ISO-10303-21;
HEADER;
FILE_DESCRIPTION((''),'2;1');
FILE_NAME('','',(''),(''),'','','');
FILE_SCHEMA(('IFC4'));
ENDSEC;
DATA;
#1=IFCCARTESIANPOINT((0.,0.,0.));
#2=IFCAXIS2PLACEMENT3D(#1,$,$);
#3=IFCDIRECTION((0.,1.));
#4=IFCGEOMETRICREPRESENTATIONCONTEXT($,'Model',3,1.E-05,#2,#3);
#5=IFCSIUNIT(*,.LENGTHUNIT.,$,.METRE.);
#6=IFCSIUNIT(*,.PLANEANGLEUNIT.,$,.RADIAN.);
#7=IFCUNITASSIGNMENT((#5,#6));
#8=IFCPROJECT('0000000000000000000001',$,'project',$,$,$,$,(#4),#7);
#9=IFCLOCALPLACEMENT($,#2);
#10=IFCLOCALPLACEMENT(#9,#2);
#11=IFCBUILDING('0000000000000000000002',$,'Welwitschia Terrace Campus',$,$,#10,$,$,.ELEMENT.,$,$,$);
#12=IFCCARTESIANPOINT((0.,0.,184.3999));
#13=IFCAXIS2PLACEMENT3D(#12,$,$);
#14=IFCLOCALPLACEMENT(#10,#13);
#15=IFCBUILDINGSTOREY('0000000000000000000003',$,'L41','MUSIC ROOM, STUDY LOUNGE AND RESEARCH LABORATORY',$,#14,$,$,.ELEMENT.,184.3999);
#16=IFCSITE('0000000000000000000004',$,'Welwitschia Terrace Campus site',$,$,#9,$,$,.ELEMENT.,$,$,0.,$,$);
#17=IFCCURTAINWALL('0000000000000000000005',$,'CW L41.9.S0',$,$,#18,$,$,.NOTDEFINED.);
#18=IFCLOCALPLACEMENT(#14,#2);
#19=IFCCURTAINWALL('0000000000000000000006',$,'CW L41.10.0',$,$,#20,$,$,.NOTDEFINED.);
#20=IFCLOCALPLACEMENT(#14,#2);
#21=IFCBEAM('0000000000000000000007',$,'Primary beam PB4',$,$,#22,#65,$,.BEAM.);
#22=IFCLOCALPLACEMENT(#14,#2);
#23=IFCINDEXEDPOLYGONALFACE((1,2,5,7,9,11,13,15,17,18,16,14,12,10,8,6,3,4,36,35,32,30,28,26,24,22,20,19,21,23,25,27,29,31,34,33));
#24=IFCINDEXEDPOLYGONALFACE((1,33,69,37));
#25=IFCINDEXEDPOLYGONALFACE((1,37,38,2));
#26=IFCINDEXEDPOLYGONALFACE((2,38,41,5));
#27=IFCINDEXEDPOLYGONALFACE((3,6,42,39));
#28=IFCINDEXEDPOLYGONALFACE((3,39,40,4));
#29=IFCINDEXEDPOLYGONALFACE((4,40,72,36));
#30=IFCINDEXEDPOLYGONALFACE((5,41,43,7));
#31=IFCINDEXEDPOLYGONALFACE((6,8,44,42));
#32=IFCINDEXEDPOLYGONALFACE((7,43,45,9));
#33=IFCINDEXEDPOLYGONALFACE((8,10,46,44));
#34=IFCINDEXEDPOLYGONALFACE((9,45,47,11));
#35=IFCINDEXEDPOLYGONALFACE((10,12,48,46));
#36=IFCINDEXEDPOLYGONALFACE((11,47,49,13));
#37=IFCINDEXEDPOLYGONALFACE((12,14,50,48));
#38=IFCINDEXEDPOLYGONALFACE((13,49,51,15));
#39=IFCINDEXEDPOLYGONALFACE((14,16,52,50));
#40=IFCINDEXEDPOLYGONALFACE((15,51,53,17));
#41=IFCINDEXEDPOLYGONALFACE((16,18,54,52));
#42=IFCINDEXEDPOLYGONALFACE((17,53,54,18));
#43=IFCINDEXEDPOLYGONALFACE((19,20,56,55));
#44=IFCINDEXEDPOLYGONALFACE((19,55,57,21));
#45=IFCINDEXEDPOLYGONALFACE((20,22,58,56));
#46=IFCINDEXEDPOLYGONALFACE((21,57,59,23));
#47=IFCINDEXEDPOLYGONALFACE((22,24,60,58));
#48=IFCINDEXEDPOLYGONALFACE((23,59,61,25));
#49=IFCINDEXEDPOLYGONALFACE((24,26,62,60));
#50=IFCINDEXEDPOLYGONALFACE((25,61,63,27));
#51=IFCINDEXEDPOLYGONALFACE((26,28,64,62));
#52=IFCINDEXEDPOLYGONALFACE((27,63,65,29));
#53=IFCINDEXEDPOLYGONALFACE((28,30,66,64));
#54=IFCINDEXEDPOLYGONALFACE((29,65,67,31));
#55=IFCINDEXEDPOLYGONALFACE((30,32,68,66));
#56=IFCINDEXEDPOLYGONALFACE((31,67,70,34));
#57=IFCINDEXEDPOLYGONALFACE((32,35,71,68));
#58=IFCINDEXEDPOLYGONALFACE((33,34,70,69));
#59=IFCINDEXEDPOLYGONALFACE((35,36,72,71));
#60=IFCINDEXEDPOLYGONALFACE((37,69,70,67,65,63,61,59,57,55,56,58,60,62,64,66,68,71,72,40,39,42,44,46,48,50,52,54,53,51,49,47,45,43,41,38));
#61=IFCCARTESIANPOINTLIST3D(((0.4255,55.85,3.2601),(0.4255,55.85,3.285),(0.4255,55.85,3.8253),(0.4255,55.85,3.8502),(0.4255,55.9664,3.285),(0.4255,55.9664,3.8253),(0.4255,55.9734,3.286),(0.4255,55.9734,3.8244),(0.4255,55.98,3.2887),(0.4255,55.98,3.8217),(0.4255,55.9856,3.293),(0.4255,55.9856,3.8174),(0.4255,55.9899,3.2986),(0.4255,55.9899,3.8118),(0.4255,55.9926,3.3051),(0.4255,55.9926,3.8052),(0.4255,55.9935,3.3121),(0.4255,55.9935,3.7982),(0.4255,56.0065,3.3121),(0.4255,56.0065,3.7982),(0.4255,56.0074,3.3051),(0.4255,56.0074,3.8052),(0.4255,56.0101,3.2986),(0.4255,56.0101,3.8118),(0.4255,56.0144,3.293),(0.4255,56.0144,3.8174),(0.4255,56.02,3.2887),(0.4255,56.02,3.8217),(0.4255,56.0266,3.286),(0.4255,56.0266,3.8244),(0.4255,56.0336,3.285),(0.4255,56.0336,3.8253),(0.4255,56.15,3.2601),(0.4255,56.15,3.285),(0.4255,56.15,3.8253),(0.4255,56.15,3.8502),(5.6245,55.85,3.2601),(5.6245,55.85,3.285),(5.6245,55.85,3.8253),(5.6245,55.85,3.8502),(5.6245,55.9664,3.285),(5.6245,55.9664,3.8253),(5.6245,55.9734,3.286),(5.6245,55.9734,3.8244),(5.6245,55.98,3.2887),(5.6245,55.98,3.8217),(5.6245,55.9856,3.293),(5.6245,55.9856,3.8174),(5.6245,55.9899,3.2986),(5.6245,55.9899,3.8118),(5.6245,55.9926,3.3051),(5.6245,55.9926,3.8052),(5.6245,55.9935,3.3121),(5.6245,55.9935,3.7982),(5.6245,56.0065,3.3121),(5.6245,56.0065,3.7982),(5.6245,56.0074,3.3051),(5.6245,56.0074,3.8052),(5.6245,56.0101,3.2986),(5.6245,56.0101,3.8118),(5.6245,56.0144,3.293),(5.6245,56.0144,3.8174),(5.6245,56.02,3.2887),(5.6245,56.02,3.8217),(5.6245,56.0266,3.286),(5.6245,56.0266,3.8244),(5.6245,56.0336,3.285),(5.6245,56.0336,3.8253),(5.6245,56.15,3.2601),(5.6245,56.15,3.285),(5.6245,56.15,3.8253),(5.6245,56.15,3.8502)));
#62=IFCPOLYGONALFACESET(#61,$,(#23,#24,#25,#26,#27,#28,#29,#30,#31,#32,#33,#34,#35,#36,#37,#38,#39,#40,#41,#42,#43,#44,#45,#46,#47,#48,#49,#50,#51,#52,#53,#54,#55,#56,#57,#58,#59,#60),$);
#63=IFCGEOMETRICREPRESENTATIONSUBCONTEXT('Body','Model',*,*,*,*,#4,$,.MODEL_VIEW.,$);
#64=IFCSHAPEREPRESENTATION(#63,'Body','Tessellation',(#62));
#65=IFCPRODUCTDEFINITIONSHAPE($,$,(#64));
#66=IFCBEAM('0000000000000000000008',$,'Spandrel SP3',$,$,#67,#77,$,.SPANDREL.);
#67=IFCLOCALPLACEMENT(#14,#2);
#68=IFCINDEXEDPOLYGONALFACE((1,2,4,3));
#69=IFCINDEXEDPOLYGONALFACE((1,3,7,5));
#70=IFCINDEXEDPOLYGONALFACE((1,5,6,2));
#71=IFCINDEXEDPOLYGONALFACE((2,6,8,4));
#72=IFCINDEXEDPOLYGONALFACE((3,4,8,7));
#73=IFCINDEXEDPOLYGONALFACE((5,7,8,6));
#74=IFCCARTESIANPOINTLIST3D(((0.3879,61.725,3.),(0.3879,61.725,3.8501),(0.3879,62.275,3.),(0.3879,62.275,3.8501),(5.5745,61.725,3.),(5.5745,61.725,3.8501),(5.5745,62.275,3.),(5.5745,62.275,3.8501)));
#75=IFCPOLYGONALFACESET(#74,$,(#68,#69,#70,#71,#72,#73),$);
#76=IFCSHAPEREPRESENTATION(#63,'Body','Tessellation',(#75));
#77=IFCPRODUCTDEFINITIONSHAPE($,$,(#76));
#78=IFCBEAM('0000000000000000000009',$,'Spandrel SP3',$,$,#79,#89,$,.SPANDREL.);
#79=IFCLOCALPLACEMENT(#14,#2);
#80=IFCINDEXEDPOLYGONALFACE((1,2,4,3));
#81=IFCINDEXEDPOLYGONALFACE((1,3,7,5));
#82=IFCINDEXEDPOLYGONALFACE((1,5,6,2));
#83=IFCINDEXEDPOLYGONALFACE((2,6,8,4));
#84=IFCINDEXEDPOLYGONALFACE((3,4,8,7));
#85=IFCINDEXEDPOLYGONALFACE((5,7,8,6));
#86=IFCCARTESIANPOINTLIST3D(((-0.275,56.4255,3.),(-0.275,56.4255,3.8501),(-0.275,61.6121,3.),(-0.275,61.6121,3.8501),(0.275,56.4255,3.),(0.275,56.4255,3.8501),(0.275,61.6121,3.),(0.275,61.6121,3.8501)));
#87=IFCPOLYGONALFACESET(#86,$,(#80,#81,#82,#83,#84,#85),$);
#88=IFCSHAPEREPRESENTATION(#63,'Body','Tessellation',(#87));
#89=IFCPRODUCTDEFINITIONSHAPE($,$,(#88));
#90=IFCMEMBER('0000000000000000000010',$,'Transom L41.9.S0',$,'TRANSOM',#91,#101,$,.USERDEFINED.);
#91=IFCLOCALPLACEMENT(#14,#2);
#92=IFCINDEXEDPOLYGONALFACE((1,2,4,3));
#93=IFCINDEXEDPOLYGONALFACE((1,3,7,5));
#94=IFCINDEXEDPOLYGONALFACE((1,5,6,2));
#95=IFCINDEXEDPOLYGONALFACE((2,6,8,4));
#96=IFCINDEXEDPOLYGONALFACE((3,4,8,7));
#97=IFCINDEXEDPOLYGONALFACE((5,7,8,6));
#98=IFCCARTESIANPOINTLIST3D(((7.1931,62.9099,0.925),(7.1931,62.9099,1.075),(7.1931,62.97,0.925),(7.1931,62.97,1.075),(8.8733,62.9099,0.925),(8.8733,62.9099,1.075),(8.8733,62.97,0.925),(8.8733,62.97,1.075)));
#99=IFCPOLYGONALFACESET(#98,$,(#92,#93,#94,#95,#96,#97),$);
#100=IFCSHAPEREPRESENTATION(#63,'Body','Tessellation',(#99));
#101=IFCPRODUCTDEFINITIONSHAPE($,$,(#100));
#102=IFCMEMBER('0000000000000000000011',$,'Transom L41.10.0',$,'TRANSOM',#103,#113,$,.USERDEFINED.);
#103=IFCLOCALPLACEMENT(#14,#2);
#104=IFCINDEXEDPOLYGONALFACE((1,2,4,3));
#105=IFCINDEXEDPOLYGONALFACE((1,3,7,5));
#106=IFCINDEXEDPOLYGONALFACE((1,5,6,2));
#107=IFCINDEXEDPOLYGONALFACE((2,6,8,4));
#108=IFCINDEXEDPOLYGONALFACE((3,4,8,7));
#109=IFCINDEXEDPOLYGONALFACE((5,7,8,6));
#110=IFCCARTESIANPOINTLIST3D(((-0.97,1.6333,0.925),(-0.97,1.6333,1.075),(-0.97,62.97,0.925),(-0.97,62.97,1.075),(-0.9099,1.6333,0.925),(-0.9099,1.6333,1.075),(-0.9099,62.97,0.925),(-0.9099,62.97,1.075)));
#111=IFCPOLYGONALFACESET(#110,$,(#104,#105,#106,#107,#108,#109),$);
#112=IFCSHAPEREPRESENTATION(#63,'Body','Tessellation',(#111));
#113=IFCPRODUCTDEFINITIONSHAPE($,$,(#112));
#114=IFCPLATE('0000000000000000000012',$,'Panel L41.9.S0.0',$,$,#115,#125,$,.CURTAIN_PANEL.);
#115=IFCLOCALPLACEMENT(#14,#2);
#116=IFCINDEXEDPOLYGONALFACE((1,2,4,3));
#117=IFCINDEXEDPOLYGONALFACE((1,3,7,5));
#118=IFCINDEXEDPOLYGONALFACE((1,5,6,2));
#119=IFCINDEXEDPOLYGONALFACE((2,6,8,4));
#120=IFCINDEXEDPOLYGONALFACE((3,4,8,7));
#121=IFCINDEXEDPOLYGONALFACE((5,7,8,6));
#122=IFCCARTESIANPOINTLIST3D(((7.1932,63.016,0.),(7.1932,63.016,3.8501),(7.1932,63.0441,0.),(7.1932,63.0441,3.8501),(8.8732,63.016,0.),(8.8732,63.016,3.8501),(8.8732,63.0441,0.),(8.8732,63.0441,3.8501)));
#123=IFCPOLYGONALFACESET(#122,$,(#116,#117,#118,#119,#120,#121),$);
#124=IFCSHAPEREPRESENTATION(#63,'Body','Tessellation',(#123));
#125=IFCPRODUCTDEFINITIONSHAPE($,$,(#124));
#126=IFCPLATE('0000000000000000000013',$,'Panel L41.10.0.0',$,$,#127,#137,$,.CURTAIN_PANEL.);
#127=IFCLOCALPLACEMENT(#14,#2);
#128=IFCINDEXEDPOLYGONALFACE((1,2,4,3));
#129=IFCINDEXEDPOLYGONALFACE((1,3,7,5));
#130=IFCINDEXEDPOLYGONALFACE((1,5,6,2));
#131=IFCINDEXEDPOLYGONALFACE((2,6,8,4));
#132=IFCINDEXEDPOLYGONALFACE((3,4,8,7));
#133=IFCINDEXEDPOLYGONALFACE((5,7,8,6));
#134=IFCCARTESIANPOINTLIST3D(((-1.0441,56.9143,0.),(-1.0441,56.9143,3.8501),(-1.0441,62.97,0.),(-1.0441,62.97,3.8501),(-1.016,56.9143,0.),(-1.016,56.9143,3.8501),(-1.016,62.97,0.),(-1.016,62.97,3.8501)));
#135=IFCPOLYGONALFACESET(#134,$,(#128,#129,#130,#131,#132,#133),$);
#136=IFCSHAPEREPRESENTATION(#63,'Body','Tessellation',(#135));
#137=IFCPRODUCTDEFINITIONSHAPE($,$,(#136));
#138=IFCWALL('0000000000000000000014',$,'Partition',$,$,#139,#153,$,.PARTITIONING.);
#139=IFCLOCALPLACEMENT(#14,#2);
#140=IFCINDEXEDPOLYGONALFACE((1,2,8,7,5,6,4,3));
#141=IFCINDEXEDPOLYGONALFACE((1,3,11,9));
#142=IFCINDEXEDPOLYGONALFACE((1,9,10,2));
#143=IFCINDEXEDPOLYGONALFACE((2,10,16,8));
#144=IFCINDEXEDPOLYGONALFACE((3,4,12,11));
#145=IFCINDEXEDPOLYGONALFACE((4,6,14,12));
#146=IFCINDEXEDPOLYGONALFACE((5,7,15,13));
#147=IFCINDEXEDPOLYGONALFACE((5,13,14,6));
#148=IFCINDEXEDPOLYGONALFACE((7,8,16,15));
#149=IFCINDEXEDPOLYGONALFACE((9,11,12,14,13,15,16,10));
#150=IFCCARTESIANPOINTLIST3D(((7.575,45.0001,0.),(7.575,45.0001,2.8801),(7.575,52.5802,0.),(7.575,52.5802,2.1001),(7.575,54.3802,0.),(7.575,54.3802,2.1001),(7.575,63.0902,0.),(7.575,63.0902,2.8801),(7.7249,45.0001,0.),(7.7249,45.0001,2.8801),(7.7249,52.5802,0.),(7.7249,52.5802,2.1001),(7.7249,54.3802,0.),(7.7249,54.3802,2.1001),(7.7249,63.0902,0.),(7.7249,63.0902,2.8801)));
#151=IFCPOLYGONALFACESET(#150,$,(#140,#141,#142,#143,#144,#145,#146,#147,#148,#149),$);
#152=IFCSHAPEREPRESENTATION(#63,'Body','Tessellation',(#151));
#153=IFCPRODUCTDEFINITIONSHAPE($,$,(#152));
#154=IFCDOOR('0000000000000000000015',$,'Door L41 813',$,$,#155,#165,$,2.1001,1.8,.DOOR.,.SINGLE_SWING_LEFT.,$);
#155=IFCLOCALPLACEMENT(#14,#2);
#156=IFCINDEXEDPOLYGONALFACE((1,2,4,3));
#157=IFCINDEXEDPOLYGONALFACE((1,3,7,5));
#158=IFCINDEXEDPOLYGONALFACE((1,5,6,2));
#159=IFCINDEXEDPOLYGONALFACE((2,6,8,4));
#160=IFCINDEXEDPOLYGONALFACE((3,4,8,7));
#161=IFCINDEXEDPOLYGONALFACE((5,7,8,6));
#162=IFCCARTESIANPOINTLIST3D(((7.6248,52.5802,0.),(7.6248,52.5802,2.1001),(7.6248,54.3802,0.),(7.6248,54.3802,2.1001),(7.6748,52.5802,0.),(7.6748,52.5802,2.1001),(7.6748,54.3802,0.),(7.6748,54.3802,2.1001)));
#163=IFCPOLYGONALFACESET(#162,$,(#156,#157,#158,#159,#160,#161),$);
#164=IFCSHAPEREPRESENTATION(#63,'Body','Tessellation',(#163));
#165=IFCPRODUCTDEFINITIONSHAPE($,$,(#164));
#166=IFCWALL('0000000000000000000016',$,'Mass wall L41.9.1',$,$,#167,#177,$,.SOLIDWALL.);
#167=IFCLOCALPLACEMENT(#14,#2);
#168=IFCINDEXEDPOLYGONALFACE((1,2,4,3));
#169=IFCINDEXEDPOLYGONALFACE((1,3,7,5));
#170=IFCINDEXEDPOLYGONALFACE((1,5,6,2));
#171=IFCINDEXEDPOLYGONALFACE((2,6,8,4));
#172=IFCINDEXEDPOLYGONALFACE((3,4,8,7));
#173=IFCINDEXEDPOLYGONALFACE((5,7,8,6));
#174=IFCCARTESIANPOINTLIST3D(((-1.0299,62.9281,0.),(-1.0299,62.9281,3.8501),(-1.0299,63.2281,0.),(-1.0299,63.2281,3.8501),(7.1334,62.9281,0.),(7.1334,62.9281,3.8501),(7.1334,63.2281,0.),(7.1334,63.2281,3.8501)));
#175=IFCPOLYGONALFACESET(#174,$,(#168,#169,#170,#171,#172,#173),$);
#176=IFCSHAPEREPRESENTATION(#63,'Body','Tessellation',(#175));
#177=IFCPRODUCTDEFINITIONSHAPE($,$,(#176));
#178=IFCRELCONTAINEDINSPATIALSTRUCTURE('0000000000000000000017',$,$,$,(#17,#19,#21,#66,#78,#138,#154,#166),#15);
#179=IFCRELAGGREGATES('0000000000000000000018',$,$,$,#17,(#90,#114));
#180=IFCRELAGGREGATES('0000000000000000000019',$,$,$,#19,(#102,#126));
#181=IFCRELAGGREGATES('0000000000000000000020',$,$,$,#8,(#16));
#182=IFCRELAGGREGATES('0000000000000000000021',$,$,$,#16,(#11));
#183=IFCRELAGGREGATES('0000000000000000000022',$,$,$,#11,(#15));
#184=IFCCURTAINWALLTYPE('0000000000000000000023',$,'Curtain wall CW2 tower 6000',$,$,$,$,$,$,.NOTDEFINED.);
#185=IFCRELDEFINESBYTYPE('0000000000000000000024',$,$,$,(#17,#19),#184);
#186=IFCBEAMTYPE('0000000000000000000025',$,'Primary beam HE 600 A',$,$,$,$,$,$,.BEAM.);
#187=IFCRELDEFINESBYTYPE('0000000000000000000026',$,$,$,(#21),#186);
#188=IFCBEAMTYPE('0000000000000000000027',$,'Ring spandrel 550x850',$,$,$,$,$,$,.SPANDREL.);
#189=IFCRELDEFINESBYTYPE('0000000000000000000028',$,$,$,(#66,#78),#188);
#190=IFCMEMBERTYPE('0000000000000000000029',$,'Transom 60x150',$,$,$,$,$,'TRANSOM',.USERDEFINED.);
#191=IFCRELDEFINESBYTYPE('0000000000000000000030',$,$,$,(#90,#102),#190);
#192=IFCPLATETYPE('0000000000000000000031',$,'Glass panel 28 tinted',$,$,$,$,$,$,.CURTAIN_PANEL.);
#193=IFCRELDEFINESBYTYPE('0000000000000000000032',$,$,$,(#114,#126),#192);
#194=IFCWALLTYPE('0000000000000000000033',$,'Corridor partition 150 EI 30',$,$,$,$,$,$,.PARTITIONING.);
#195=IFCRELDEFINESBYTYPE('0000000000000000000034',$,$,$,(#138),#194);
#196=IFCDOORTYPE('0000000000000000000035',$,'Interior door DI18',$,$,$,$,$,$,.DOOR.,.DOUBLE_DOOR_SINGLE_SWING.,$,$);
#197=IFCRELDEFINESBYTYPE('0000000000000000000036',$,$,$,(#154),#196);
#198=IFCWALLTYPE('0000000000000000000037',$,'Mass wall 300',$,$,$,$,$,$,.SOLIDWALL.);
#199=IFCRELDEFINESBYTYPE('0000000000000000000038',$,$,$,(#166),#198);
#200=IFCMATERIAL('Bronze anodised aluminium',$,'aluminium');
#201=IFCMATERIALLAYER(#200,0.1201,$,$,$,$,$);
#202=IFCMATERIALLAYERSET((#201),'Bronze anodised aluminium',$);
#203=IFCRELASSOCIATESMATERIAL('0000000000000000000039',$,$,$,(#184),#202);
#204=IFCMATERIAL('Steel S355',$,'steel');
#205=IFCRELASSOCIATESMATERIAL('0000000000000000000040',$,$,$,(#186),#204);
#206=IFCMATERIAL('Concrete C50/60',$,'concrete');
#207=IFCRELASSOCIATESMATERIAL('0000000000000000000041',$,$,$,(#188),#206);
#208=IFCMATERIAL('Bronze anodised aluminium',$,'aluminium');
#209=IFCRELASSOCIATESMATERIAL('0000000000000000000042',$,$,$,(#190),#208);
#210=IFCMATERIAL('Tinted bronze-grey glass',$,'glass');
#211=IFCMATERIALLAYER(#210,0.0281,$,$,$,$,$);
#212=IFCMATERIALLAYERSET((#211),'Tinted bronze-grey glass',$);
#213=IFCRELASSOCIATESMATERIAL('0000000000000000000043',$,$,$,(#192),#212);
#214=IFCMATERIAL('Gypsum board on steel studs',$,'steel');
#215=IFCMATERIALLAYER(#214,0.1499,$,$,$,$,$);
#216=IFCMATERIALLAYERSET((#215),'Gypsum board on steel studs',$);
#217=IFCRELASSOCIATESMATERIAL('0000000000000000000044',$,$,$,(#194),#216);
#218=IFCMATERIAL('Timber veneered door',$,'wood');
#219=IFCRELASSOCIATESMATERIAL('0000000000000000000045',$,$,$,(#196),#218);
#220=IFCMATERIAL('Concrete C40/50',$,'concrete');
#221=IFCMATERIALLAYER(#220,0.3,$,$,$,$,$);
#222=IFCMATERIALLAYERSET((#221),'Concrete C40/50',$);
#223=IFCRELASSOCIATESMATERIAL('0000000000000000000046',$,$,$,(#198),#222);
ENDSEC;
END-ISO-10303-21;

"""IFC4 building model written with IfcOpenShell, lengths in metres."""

from ifc_helpers import new_model, si_unit, direction, frame, frame_2d, origin, origin_2d, place, context, subcontext, project, spatial, rectangle, i_section, extrude, material, layer, layer_set, material_profile, profile_set, type_object, element, fill, aggregate, save


model = new_model("IFC4")

# Units and contexts
model_context = context("Model", 3, precision=1e-05, world=origin(), true_north=direction((0.0, 1.0)))
body_context = subcontext(model_context, "Body", "Model", "MODEL_VIEW")
ifc_project = project(units=[si_unit("LENGTHUNIT", "METRE"), si_unit("PLANEANGLEUNIT", "RADIAN")], contexts=[model_context])

# Site, building, storey
site_placement = place(None, origin())
site = spatial("IfcSite", under=ifc_project, at=site_placement, Name="Welwitschia Terrace Campus site", CompositionType="ELEMENT", RefElevation=0.0)
building_placement = place(site_placement, origin())
building = spatial("IfcBuilding", under=site, at=building_placement, Name="Welwitschia Terrace Campus", CompositionType="ELEMENT")
storey_placement = place(building_placement, frame((0.0, 0.0, 184.3999)))
storey = spatial("IfcBuildingStorey", under=building, at=storey_placement, Name="L41", Description="MUSIC ROOM, STUDY LOUNGE AND RESEARCH LABORATORY", CompositionType="ELEMENT", Elevation=184.3999)

# Curtain walls
ifc_material_1 = material(Name="Bronze anodised aluminium", Category="aluminium")
ifc_layer_1 = layer(ifc_material_1, 0.1201)
ifc_layer_set_1 = layer_set([ifc_layer_1], Name="Bronze anodised aluminium")
curtain_wall_type = type_object("IfcCurtainWallType", Name="Curtain wall CW2 tower 6000", PredefinedType="NOTDEFINED", material=ifc_layer_set_1)
curtain_wall_1_placement = place(storey_placement, origin())
curtain_wall_1 = element("IfcCurtainWall", 1, at=curtain_wall_1_placement, inside=storey, type_object=curtain_wall_type, Name="CW L41.9.S0", PredefinedType="NOTDEFINED")
curtain_wall_2_placement = place(storey_placement, origin())
curtain_wall_2 = element("IfcCurtainWall", 2, at=curtain_wall_2_placement, inside=storey, type_object=curtain_wall_type, Name="CW L41.10.0", PredefinedType="NOTDEFINED")

# Beams
ifc_material_2 = material(Name="Steel S355", Category="steel")
ifc_material_profile_1 = material_profile(ifc_material_2, i_section(OverallWidth=0.3, OverallDepth=0.5901, WebThickness=0.0129, FlangeThickness=0.0249, FilletRadius=0.0271, at=origin_2d()))
ifc_profile_set_1 = profile_set([ifc_material_profile_1], Name="Steel S355")
beam_type_1 = type_object("IfcBeamType", Name="Primary beam HE 600 A", PredefinedType="BEAM", material=ifc_profile_set_1)
beam_1_placement = place(storey_placement, frame((0.4255, 56.0, 3.5552), z_axis=(1.0, 0.0, 0.0), x_axis=(0.0, 1.0, 0.0)))
element("IfcBeam", 3, at=beam_1_placement, inside=storey, type_object=beam_type_1, Name="Primary beam PB4", PredefinedType="BEAM", context=body_context, shape_type="SweptSolid", body=[
    extrude(i_section(OverallWidth=0.3, OverallDepth=0.5901, WebThickness=0.0129, FlangeThickness=0.0249, FilletRadius=0.0271, at=origin_2d()), origin(), (0.0, 0.0, 1.0), 5.199),
])
ifc_material_3 = material(Name="Concrete C50/60", Category="concrete")
ifc_material_profile_2 = material_profile(ifc_material_3, rectangle(XDim=0.55, YDim=0.8501, at=origin_2d()))
ifc_profile_set_2 = profile_set([ifc_material_profile_2], Name="Concrete C50/60")
beam_type_2 = type_object("IfcBeamType", Name="Ring spandrel 550x850", PredefinedType="SPANDREL", material=ifc_profile_set_2)
for number, where, z_axis, x_axis, name in (
    (4, (5.5745, 62.0, 3.425), (-1.0, 0.0, 0.0), (0.0, -1.0, 0.0), "Spandrel SP3"),
    (5, (0.0, 61.6121, 3.425), (0.0, -1.0, 0.0), (1.0, 0.0, 0.0), "Spandrel SP3"),
):
    element("IfcBeam", number, at=place(storey_placement, frame(where, z_axis=z_axis, x_axis=x_axis)), inside=storey, type_object=beam_type_2, Name=name, PredefinedType="SPANDREL", context=body_context, shape_type="SweptSolid", body=[
        extrude(rectangle(XDim=0.55, YDim=0.8501, at=origin_2d()), origin(), (0.0, 0.0, 1.0), 5.1865),
    ])

# Members
ifc_material_4 = material(Name="Bronze anodised aluminium", Category="aluminium")
ifc_material_profile_3 = material_profile(ifc_material_4, rectangle(XDim=0.0601, YDim=0.1499, at=origin_2d()))
ifc_profile_set_3 = profile_set([ifc_material_profile_3], Name="Bronze anodised aluminium")
member_type_1 = type_object("IfcMemberType", Name="Transom 60x150", ElementType="TRANSOM", PredefinedType="USERDEFINED", material=ifc_profile_set_3)
member_1_placement = place(storey_placement, frame((8.8733, 62.9399, 1.0), z_axis=(-1.0, 0.0, 0.0), x_axis=(0.0, -1.0, 0.0)))
member_1 = element("IfcMember", 6, at=member_1_placement, type_object=member_type_1, Name="Transom L41.9.S0", ObjectType="TRANSOM", PredefinedType="USERDEFINED", context=body_context, shape_type="SweptSolid", body=[
    extrude(rectangle(XDim=0.0601, YDim=0.1499, at=origin_2d()), origin(), (0.0, 0.0, 1.0), 1.6802),
])
member_2_placement = place(storey_placement, frame((-0.9399, 62.97, 1.0), z_axis=(0.0, -1.0, 0.0), x_axis=(1.0, 0.0, 0.0)))
member_2 = element("IfcMember", 7, at=member_2_placement, type_object=member_type_1, Name="Transom L41.10.0", ObjectType="TRANSOM", PredefinedType="USERDEFINED", context=body_context, shape_type="SweptSolid", body=[
    extrude(rectangle(XDim=0.0601, YDim=0.1499, at=origin_2d()), origin(), (0.0, 0.0, 1.0), 61.3367),
])

# Plates
ifc_material_5 = material(Name="Tinted bronze-grey glass", Category="glass")
ifc_layer_2 = layer(ifc_material_5, 0.0281)
ifc_layer_set_2 = layer_set([ifc_layer_2], Name="Tinted bronze-grey glass")
plate_type = type_object("IfcPlateType", Name="Glass panel 28 tinted", PredefinedType="CURTAIN_PANEL", material=ifc_layer_set_2)
plate_1_placement = place(storey_placement, frame((8.0332, 63.03, 0.0), z_axis=(0.0, 0.0, 1.0), x_axis=(-1.0, 0.0, 0.0)))
plate_1 = element("IfcPlate", 8, at=plate_1_placement, type_object=plate_type, Name="Panel L41.9.S0.0", PredefinedType="CURTAIN_PANEL", context=body_context, shape_type="SweptSolid", body=[
    extrude(rectangle(XDim=1.6799, YDim=0.0281, at=origin_2d()), origin(), (0.0, 0.0, 1.0), 3.8501),
])
aggregate(curtain_wall_1, [member_1, plate_1])
plate_2_placement = place(storey_placement, frame((-1.03, 59.9421, 0.0), z_axis=(0.0, 0.0, 1.0), x_axis=(0.0, -1.0, 0.0)))
plate_2 = element("IfcPlate", 9, at=plate_2_placement, type_object=plate_type, Name="Panel L41.10.0.0", PredefinedType="CURTAIN_PANEL", context=body_context, shape_type="SweptSolid", body=[
    extrude(rectangle(XDim=6.0557, YDim=0.0281, at=origin_2d()), origin(), (0.0, 0.0, 1.0), 3.8501),
])
aggregate(curtain_wall_2, [member_2, plate_2])

# Wall, opening, door
ifc_material_6 = material(Name="Gypsum board on steel studs", Category="steel")
ifc_layer_3 = layer(ifc_material_6, 0.1499)
ifc_layer_set_3 = layer_set([ifc_layer_3], Name="Gypsum board on steel studs")
wall_type_1 = type_object("IfcWallType", Name="Corridor partition 150 EI 30", PredefinedType="PARTITIONING", material=ifc_layer_set_3)
wall_1_placement = place(storey_placement, frame((7.6499, 63.0901, 0.0), z_axis=(0.0, 0.0, 1.0), x_axis=(0.0, -1.0, 0.0)))
wall_1 = element("IfcWall", 10, at=wall_1_placement, inside=storey, type_object=wall_type_1, Name="Partition", PredefinedType="PARTITIONING", context=body_context, shape_type="SweptSolid", body=[
    extrude(rectangle(XDim=18.0901, YDim=0.1499, at=frame_2d((9.0449, 0.0))), origin(), (0.0, 0.0, 1.0), 2.8801),
])
opening_placement = place(wall_1_placement, frame((8.71, 0.0, 0.0)))
opening = element("IfcOpeningElement", 11, at=opening_placement, cuts=wall_1, PredefinedType="OPENING", context=body_context, shape_type="SweptSolid", body=[
    extrude(rectangle(XDim=1.8, YDim=2.1001, at=frame_2d((0.8999, 1.05))), frame((0.0, 0.085, 0.0), z_axis=(0.0, -1.0, 0.0), x_axis=(1.0, 0.0, 0.0)), (0.0, 0.0, 1.0), 0.1699),
])
ifc_material_7 = material(Name="Timber veneered door", Category="wood")
door_type = type_object("IfcDoorType", Name="Interior door DI18", OperationType="DOUBLE_DOOR_SINGLE_SWING", PredefinedType="DOOR", material=ifc_material_7)
door_placement = place(opening_placement, origin())
door = element("IfcDoor", 12, at=door_placement, inside=storey, type_object=door_type, Name="Door L41 813", OperationType="SINGLE_SWING_LEFT", OverallHeight=2.1001, OverallWidth=1.8, PredefinedType="DOOR", context=body_context, shape_type="SweptSolid", body=[
    extrude(rectangle(XDim=1.8, YDim=2.1001, at=frame_2d((0.8999, 1.05))), frame((0.0, 0.0249, 0.0), z_axis=(0.0, -1.0, 0.0), x_axis=(1.0, 0.0, 0.0)), (0.0, 0.0, 1.0), 0.05),
])
fill(opening, door)

# Wall
ifc_material_8 = material(Name="Concrete C40/50", Category="concrete")
ifc_layer_4 = layer(ifc_material_8, 0.3)
ifc_layer_set_4 = layer_set([ifc_layer_4], Name="Concrete C40/50")
wall_type_2 = type_object("IfcWallType", Name="Mass wall 300", PredefinedType="SOLIDWALL", material=ifc_layer_set_4)
wall_2_placement = place(storey_placement, frame((7.1333, 63.0781, 0.0), z_axis=(0.0, 0.0, 1.0), x_axis=(-1.0, 0.0, 0.0)))
element("IfcWall", 13, at=wall_2_placement, inside=storey, type_object=wall_type_2, Name="Mass wall L41.9.1", PredefinedType="SOLIDWALL", context=body_context, shape_type="SweptSolid", body=[
    extrude(rectangle(XDim=8.1633, YDim=0.3, at=frame_2d((4.0815, 0.0))), origin(), (0.0, 0.0, 1.0), 3.8501),
])

save(model, "model.ifc")
